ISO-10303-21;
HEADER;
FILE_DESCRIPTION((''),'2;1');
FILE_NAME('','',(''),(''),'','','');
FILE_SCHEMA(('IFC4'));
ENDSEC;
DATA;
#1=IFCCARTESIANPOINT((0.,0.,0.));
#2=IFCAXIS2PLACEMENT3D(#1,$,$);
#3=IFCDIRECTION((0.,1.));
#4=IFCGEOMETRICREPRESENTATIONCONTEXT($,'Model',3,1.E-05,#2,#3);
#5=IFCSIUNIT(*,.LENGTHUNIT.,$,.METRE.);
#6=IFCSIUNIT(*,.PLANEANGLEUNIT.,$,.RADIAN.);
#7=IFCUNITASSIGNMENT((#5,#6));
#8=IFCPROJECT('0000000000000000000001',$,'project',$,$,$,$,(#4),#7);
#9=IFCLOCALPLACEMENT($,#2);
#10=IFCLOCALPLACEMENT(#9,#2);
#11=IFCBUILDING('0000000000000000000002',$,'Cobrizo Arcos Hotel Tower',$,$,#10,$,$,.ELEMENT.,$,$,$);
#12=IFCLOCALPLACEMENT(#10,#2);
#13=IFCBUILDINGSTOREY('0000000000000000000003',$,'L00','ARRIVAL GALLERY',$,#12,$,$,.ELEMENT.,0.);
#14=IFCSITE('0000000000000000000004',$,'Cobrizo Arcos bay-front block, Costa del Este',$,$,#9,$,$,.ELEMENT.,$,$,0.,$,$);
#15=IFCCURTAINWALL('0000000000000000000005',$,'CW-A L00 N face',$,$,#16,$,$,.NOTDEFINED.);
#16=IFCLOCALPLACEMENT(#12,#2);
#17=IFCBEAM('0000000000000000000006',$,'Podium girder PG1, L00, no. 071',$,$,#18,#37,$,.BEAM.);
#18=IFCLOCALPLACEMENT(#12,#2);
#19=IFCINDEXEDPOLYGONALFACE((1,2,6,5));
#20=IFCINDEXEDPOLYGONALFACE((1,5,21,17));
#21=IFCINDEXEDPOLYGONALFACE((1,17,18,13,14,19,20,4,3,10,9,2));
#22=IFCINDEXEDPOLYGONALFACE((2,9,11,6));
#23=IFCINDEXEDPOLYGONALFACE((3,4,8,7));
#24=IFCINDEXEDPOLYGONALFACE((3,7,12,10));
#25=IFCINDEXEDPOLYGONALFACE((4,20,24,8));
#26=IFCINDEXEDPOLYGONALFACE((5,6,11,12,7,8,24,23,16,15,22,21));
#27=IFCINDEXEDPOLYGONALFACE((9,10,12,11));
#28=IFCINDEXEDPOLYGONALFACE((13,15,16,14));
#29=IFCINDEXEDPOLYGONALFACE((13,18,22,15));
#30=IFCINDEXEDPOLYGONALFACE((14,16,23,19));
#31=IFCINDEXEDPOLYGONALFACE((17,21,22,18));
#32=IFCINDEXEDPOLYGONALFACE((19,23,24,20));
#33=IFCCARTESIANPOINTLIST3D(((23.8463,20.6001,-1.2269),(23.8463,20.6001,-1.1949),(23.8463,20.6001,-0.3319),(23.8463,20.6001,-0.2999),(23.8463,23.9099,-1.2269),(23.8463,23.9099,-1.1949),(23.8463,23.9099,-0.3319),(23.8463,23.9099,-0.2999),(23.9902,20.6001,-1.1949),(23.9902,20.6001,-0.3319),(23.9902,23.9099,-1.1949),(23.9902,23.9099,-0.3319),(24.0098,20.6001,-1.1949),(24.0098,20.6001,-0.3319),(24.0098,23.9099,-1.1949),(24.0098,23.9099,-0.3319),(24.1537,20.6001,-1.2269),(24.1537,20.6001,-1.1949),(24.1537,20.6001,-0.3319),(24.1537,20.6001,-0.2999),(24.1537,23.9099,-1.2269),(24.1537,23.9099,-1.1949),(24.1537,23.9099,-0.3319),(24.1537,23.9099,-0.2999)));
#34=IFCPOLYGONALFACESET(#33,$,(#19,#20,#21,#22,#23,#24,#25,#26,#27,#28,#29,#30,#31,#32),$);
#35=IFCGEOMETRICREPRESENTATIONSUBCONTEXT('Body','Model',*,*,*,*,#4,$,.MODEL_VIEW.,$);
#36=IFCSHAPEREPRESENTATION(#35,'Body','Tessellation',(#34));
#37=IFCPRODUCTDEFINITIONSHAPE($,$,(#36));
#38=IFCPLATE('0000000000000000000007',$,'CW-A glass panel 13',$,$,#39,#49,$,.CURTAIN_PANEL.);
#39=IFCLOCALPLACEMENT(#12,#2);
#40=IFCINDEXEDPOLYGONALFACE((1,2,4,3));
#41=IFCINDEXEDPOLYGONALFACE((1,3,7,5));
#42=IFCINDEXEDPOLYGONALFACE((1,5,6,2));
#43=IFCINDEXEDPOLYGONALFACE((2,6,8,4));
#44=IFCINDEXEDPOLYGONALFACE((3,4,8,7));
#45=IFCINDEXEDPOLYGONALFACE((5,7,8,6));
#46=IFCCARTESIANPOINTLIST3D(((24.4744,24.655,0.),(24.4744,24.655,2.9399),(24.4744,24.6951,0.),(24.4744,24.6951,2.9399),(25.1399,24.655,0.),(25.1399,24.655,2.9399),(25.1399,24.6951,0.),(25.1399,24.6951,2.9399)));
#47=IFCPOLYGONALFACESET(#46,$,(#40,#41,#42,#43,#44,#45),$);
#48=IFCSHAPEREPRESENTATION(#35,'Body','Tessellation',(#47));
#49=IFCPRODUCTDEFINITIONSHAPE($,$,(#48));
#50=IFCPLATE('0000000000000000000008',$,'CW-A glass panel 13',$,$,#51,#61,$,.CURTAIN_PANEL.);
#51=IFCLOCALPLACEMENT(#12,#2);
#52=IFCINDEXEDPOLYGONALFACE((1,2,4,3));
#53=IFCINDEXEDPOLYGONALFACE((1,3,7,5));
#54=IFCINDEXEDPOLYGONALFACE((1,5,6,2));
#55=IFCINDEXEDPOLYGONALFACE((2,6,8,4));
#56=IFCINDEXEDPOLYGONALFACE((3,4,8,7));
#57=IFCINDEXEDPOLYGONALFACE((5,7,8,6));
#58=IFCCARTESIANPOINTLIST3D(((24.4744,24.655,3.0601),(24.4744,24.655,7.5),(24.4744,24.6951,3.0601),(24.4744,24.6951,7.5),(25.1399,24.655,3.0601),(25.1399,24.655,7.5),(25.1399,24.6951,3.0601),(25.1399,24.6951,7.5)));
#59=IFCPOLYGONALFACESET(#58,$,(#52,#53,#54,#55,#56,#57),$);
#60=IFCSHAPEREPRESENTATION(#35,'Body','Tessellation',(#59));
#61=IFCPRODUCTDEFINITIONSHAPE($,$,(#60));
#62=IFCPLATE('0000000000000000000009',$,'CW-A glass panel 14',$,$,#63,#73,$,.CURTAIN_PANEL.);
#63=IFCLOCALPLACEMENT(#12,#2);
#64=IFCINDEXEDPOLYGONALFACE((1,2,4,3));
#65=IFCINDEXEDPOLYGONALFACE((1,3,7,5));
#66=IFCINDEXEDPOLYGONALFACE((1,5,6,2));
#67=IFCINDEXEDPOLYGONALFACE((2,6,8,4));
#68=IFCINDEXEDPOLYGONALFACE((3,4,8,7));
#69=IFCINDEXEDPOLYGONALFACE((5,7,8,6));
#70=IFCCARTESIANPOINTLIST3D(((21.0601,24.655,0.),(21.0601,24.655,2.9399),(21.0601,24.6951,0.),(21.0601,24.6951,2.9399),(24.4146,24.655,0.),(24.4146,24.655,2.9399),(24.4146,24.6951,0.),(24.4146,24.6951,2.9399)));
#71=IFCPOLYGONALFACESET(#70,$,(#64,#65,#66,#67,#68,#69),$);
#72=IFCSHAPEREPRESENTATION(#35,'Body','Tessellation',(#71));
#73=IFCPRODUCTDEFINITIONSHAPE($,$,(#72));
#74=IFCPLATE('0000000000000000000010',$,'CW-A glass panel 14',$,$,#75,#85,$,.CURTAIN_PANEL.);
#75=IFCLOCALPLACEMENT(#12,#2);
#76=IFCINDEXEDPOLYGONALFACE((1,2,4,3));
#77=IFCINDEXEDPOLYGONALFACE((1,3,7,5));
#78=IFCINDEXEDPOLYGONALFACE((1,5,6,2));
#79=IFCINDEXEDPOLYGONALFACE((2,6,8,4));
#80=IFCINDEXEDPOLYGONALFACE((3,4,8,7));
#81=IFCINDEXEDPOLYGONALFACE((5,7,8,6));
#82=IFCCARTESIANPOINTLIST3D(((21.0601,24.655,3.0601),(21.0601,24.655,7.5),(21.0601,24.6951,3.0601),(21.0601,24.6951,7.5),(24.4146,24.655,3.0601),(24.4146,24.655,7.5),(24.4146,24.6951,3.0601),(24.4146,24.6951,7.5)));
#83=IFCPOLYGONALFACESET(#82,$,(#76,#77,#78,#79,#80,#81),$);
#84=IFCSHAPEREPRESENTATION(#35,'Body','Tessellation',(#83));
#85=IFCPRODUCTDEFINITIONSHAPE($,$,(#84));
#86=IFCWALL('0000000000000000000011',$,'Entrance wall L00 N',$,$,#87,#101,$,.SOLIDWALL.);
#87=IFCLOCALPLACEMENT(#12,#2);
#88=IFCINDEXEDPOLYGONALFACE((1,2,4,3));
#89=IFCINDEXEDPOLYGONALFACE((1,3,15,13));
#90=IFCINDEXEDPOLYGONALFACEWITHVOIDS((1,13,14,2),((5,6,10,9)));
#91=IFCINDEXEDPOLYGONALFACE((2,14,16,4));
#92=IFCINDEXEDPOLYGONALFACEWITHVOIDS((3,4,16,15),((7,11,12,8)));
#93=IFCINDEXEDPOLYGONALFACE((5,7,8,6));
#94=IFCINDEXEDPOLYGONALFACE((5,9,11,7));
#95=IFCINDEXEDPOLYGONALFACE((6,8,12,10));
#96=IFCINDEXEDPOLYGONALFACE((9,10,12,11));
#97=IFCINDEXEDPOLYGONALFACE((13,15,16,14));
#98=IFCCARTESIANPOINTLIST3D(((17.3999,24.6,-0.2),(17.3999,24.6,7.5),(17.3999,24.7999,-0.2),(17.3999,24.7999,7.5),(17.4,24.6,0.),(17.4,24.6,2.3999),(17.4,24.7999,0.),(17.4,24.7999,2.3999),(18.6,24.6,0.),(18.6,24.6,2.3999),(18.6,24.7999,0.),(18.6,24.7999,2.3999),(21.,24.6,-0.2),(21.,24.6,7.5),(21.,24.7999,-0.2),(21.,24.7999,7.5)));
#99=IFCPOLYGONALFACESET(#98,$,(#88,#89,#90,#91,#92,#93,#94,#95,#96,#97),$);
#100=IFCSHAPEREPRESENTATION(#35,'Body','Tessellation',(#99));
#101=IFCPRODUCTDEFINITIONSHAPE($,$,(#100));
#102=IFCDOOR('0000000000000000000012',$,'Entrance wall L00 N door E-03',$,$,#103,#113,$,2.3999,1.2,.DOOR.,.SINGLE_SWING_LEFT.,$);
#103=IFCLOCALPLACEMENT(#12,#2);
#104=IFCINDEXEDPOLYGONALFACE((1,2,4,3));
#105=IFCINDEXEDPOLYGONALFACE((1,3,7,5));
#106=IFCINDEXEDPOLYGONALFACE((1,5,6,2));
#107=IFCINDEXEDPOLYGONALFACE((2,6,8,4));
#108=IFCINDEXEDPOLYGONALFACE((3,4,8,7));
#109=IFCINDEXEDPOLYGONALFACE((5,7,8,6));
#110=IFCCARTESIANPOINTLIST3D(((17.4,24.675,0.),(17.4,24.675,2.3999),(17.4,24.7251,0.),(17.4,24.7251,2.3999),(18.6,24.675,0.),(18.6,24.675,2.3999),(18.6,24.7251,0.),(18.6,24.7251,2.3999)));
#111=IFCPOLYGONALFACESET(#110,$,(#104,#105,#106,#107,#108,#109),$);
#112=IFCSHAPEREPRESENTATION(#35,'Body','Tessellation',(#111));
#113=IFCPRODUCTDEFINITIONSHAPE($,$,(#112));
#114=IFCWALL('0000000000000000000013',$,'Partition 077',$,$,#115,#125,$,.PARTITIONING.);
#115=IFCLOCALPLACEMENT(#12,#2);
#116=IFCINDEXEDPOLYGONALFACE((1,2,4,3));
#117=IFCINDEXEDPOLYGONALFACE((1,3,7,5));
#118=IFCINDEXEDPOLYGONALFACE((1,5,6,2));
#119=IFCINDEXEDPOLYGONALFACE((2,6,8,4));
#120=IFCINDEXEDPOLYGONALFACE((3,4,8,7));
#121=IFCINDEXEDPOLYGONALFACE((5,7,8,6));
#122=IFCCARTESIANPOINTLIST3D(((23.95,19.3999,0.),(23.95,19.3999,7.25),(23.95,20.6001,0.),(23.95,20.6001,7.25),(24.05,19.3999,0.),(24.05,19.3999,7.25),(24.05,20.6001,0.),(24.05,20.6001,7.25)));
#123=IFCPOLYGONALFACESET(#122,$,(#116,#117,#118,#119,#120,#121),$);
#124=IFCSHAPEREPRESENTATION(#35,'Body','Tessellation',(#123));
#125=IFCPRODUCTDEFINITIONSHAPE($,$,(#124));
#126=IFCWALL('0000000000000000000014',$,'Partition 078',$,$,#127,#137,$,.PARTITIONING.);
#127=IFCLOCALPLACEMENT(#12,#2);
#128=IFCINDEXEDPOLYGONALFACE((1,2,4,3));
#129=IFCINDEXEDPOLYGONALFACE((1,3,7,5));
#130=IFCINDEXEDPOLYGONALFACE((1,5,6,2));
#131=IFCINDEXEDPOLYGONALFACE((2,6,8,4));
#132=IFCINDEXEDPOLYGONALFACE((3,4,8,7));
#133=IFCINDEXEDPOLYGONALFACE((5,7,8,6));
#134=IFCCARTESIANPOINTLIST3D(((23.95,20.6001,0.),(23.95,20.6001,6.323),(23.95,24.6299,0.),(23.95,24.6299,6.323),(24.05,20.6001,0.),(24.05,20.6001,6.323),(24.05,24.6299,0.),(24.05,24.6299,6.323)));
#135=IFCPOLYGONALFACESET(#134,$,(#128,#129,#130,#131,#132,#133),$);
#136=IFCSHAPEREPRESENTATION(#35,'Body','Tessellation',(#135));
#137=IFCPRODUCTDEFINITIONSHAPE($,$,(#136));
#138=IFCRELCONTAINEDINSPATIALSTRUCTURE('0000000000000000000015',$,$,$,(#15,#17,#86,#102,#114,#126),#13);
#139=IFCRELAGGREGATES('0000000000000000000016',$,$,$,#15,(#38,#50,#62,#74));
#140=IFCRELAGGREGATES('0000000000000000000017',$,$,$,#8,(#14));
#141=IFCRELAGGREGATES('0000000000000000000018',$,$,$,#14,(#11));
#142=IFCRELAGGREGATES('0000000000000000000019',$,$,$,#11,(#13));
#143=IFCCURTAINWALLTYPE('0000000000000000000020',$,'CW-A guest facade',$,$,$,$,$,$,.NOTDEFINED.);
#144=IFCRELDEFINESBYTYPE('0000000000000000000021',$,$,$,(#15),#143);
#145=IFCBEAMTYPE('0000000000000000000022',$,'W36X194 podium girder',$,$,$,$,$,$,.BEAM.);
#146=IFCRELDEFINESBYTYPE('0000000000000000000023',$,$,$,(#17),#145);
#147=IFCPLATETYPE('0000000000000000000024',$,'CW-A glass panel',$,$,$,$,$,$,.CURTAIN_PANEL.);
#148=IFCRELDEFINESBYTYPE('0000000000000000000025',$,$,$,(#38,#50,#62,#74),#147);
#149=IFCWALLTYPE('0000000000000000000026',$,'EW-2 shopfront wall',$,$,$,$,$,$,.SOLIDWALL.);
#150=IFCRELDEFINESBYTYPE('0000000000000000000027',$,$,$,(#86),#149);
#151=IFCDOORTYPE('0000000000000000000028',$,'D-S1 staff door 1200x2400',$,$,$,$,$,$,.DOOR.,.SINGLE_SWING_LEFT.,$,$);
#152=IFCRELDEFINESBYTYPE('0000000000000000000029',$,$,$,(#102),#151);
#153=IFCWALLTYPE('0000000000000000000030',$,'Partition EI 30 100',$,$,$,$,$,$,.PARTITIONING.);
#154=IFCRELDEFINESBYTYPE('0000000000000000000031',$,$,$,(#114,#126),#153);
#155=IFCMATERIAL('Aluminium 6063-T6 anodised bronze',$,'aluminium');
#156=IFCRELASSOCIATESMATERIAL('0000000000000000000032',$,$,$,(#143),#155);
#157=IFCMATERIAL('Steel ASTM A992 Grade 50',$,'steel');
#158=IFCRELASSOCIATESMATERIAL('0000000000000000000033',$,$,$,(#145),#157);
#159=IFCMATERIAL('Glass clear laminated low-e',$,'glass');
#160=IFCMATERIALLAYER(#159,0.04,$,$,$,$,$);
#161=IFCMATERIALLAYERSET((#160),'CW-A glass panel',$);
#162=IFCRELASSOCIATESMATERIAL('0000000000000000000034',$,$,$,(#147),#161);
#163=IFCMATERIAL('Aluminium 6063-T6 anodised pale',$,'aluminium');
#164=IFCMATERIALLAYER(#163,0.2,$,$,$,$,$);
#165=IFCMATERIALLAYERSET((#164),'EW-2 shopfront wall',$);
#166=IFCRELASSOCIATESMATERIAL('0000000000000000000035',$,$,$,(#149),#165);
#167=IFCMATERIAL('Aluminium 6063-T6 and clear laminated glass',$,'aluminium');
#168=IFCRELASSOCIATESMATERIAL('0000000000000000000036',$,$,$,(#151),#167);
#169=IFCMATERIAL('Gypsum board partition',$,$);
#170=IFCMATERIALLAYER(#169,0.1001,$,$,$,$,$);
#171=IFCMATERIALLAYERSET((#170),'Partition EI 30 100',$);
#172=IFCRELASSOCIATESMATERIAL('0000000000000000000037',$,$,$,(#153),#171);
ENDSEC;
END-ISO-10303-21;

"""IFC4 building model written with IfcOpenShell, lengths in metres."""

from ifc_helpers import new_model, si_unit, direction, frame, frame_2d, origin, origin_2d, place, context, subcontext, project, spatial, rectangle, i_section, extrude, material, layer, layer_set, material_profile, profile_set, type_object, element, fill, aggregate, save


model = new_model("IFC4")

# Units and contexts
model_context = context("Model", 3, precision=1e-05, world=origin(), true_north=direction((0.0, 1.0)))
body_context = subcontext(model_context, "Body", "Model", "MODEL_VIEW")
ifc_project = project(units=[si_unit("LENGTHUNIT", "METRE"), si_unit("PLANEANGLEUNIT", "RADIAN")], contexts=[model_context])

# Site, building, storey
site_placement = place(None, origin())
site = spatial("IfcSite", under=ifc_project, at=site_placement, Name="Cobrizo Arcos bay-front block, Costa del Este", CompositionType="ELEMENT", RefElevation=0.0)
building_placement = place(site_placement, origin())
building = spatial("IfcBuilding", under=site, at=building_placement, Name="Cobrizo Arcos Hotel Tower", CompositionType="ELEMENT")
storey_placement = place(building_placement, origin())
storey = spatial("IfcBuildingStorey", under=building, at=storey_placement, Name="L00", Description="ARRIVAL GALLERY", CompositionType="ELEMENT", Elevation=0.0)

# Curtain wall
ifc_material_1 = material(Name="Aluminium 6063-T6 anodised bronze", Category="aluminium")
curtain_wall_type = type_object("IfcCurtainWallType", Name="CW-A guest facade", PredefinedType="NOTDEFINED", material=ifc_material_1)
curtain_wall_1_placement = place(storey_placement, origin())
curtain_wall_1 = element("IfcCurtainWall", 1, at=curtain_wall_1_placement, inside=storey, type_object=curtain_wall_type, Name="CW-A L00 N face", PredefinedType="NOTDEFINED")

# Beam
ifc_material_2 = material(Name="Steel ASTM A992 Grade 50", Category="steel")
ifc_material_profile_1 = material_profile(ifc_material_2, i_section(OverallWidth=0.3074, OverallDepth=0.927, WebThickness=0.0195, FlangeThickness=0.032, at=origin_2d()), Name="W36X194")
ifc_profile_set_1 = profile_set([ifc_material_profile_1], Name="Steel ASTM A992 Grade 50")
beam_type_1 = type_object("IfcBeamType", Name="W36X194 podium girder", PredefinedType="BEAM", material=ifc_profile_set_1)
beam_1_placement = place(storey_placement, frame((24.0, 20.6001, -0.7634), z_axis=(0.0, 1.0, 0.0), x_axis=(-1.0, 0.0, 0.0)))
element("IfcBeam", 2, at=beam_1_placement, inside=storey, type_object=beam_type_1, Name="Podium girder PG1, L00, no. 071", PredefinedType="BEAM", context=body_context, shape_type="SweptSolid", body=[
    extrude(i_section(OverallWidth=0.3074, OverallDepth=0.927, WebThickness=0.0195, FlangeThickness=0.032, at=origin_2d()), origin(), (0.0, 0.0, 1.0), 3.3098),
])

# Plates
ifc_material_3 = material(Name="Glass clear laminated low-e", Category="glass")
ifc_layer_1 = layer(ifc_material_3, 0.04)
ifc_layer_set_1 = layer_set([ifc_layer_1], Name="CW-A glass panel")
plate_type = type_object("IfcPlateType", Name="CW-A glass panel", PredefinedType="CURTAIN_PANEL", material=ifc_layer_set_1)
plate_1_placement = place(storey_placement, frame((24.8071, 24.675, 0.0), z_axis=(0.0, 0.0, 1.0), x_axis=(-1.0, 0.0, 0.0)))
plate_1 = element("IfcPlate", 3, at=plate_1_placement, type_object=plate_type, Name="CW-A glass panel 13", PredefinedType="CURTAIN_PANEL", context=body_context, shape_type="SweptSolid", body=[
    extrude(rectangle(XDim=0.6655, YDim=0.04, at=origin_2d()), origin(), (0.0, 0.0, 1.0), 2.9399),
])
plate_2_placement = place(storey_placement, frame((24.8071, 24.675, 3.0601), z_axis=(0.0, 0.0, 1.0), x_axis=(-1.0, 0.0, 0.0)))
plate_2 = element("IfcPlate", 4, at=plate_2_placement, type_object=plate_type, Name="CW-A glass panel 13", PredefinedType="CURTAIN_PANEL", context=body_context, shape_type="SweptSolid", body=[
    extrude(rectangle(XDim=0.6655, YDim=0.04, at=origin_2d()), origin(), (0.0, 0.0, 1.0), 4.4399),
])
plate_3_placement = place(storey_placement, frame((22.7373, 24.675, 0.0), z_axis=(0.0, 0.0, 1.0), x_axis=(-1.0, 0.0, 0.0)))
plate_3 = element("IfcPlate", 5, at=plate_3_placement, type_object=plate_type, Name="CW-A glass panel 14", PredefinedType="CURTAIN_PANEL", context=body_context, shape_type="SweptSolid", body=[
    extrude(rectangle(XDim=3.3545, YDim=0.04, at=origin_2d()), origin(), (0.0, 0.0, 1.0), 2.9399),
])
plate_4_placement = place(storey_placement, frame((22.7373, 24.675, 3.0601), z_axis=(0.0, 0.0, 1.0), x_axis=(-1.0, 0.0, 0.0)))
plate_4 = element("IfcPlate", 6, at=plate_4_placement, type_object=plate_type, Name="CW-A glass panel 14", PredefinedType="CURTAIN_PANEL", context=body_context, shape_type="SweptSolid", body=[
    extrude(rectangle(XDim=3.3545, YDim=0.04, at=origin_2d()), origin(), (0.0, 0.0, 1.0), 4.4399),
])
aggregate(curtain_wall_1, [plate_1, plate_2, plate_3, plate_4])

# Wall, opening, door
ifc_material_4 = material(Name="Aluminium 6063-T6 anodised pale", Category="aluminium")
ifc_layer_2 = layer(ifc_material_4, 0.2)
ifc_layer_set_2 = layer_set([ifc_layer_2], Name="EW-2 shopfront wall")
wall_type_1 = type_object("IfcWallType", Name="EW-2 shopfront wall", PredefinedType="SOLIDWALL", material=ifc_layer_set_2)
wall_1_placement = place(storey_placement, frame((21.0, 24.7, -0.2), z_axis=(0.0, 0.0, 1.0), x_axis=(-1.0, 0.0, 0.0)))
wall_1 = element("IfcWall", 7, at=wall_1_placement, inside=storey, type_object=wall_type_1, Name="Entrance wall L00 N", PredefinedType="SOLIDWALL", context=body_context, shape_type="SweptSolid", body=[
    extrude(rectangle(XDim=3.6001, YDim=0.2, at=frame_2d((1.8, 0.0))), origin(), (0.0, 0.0, 1.0), 7.7),
])
opening_placement = place(wall_1_placement, frame((2.3999, 0.0, 0.2)))
opening = element("IfcOpeningElement", 8, at=opening_placement, cuts=wall_1, PredefinedType="OPENING", context=body_context, shape_type="SweptSolid", body=[
    extrude(rectangle(XDim=1.2, YDim=2.3999, at=frame_2d((0.6001, 1.2))), frame((0.0, 0.1121, 0.0), z_axis=(0.0, -1.0, 0.0), x_axis=(1.0, 0.0, 0.0)), (0.0, 0.0, 1.0), 0.2239),
])
ifc_material_5 = material(Name="Aluminium 6063-T6 and clear laminated glass", Category="aluminium")
door_type = type_object("IfcDoorType", Name="D-S1 staff door 1200x2400", OperationType="SINGLE_SWING_LEFT", PredefinedType="DOOR", material=ifc_material_5)
door_placement = place(opening_placement, origin())
door = element("IfcDoor", 9, at=door_placement, inside=storey, type_object=door_type, Name="Entrance wall L00 N door E-03", OperationType="SINGLE_SWING_LEFT", OverallHeight=2.3999, OverallWidth=1.2, PredefinedType="DOOR", context=body_context, shape_type="SweptSolid", body=[
    extrude(rectangle(XDim=1.2, YDim=2.3999, at=frame_2d((0.6001, 1.2))), frame((0.0, 0.0249, 0.0), z_axis=(0.0, -1.0, 0.0), x_axis=(1.0, 0.0, 0.0)), (0.0, 0.0, 1.0), 0.05),
])
fill(opening, door)

# Walls
ifc_material_6 = material(Name="Gypsum board partition")
ifc_layer_3 = layer(ifc_material_6, 0.1001)
ifc_layer_set_3 = layer_set([ifc_layer_3], Name="Partition EI 30 100")
wall_type_2 = type_object("IfcWallType", Name="Partition EI 30 100", PredefinedType="PARTITIONING", material=ifc_layer_set_3)
wall_2_placement = place(storey_placement, frame((24.0, 19.3999, 0.0), z_axis=(0.0, 0.0, 1.0), x_axis=(0.0, 1.0, 0.0)))
element("IfcWall", 10, at=wall_2_placement, inside=storey, type_object=wall_type_2, Name="Partition 077", PredefinedType="PARTITIONING", context=body_context, shape_type="SweptSolid", body=[
    extrude(rectangle(XDim=1.2002, YDim=0.1001, at=frame_2d((0.6001, 0.0))), origin(), (0.0, 0.0, 1.0), 7.25),
])
wall_3_placement = place(storey_placement, frame((24.0, 20.6001, 0.0), z_axis=(0.0, 0.0, 1.0), x_axis=(0.0, 1.0, 0.0)))
element("IfcWall", 11, at=wall_3_placement, inside=storey, type_object=wall_type_2, Name="Partition 078", PredefinedType="PARTITIONING", context=body_context, shape_type="SweptSolid", body=[
    extrude(rectangle(XDim=4.0298, YDim=0.1001, at=frame_2d((2.0149, 0.0))), origin(), (0.0, 0.0, 1.0), 6.323),
])

save(model, "model.ifc")
